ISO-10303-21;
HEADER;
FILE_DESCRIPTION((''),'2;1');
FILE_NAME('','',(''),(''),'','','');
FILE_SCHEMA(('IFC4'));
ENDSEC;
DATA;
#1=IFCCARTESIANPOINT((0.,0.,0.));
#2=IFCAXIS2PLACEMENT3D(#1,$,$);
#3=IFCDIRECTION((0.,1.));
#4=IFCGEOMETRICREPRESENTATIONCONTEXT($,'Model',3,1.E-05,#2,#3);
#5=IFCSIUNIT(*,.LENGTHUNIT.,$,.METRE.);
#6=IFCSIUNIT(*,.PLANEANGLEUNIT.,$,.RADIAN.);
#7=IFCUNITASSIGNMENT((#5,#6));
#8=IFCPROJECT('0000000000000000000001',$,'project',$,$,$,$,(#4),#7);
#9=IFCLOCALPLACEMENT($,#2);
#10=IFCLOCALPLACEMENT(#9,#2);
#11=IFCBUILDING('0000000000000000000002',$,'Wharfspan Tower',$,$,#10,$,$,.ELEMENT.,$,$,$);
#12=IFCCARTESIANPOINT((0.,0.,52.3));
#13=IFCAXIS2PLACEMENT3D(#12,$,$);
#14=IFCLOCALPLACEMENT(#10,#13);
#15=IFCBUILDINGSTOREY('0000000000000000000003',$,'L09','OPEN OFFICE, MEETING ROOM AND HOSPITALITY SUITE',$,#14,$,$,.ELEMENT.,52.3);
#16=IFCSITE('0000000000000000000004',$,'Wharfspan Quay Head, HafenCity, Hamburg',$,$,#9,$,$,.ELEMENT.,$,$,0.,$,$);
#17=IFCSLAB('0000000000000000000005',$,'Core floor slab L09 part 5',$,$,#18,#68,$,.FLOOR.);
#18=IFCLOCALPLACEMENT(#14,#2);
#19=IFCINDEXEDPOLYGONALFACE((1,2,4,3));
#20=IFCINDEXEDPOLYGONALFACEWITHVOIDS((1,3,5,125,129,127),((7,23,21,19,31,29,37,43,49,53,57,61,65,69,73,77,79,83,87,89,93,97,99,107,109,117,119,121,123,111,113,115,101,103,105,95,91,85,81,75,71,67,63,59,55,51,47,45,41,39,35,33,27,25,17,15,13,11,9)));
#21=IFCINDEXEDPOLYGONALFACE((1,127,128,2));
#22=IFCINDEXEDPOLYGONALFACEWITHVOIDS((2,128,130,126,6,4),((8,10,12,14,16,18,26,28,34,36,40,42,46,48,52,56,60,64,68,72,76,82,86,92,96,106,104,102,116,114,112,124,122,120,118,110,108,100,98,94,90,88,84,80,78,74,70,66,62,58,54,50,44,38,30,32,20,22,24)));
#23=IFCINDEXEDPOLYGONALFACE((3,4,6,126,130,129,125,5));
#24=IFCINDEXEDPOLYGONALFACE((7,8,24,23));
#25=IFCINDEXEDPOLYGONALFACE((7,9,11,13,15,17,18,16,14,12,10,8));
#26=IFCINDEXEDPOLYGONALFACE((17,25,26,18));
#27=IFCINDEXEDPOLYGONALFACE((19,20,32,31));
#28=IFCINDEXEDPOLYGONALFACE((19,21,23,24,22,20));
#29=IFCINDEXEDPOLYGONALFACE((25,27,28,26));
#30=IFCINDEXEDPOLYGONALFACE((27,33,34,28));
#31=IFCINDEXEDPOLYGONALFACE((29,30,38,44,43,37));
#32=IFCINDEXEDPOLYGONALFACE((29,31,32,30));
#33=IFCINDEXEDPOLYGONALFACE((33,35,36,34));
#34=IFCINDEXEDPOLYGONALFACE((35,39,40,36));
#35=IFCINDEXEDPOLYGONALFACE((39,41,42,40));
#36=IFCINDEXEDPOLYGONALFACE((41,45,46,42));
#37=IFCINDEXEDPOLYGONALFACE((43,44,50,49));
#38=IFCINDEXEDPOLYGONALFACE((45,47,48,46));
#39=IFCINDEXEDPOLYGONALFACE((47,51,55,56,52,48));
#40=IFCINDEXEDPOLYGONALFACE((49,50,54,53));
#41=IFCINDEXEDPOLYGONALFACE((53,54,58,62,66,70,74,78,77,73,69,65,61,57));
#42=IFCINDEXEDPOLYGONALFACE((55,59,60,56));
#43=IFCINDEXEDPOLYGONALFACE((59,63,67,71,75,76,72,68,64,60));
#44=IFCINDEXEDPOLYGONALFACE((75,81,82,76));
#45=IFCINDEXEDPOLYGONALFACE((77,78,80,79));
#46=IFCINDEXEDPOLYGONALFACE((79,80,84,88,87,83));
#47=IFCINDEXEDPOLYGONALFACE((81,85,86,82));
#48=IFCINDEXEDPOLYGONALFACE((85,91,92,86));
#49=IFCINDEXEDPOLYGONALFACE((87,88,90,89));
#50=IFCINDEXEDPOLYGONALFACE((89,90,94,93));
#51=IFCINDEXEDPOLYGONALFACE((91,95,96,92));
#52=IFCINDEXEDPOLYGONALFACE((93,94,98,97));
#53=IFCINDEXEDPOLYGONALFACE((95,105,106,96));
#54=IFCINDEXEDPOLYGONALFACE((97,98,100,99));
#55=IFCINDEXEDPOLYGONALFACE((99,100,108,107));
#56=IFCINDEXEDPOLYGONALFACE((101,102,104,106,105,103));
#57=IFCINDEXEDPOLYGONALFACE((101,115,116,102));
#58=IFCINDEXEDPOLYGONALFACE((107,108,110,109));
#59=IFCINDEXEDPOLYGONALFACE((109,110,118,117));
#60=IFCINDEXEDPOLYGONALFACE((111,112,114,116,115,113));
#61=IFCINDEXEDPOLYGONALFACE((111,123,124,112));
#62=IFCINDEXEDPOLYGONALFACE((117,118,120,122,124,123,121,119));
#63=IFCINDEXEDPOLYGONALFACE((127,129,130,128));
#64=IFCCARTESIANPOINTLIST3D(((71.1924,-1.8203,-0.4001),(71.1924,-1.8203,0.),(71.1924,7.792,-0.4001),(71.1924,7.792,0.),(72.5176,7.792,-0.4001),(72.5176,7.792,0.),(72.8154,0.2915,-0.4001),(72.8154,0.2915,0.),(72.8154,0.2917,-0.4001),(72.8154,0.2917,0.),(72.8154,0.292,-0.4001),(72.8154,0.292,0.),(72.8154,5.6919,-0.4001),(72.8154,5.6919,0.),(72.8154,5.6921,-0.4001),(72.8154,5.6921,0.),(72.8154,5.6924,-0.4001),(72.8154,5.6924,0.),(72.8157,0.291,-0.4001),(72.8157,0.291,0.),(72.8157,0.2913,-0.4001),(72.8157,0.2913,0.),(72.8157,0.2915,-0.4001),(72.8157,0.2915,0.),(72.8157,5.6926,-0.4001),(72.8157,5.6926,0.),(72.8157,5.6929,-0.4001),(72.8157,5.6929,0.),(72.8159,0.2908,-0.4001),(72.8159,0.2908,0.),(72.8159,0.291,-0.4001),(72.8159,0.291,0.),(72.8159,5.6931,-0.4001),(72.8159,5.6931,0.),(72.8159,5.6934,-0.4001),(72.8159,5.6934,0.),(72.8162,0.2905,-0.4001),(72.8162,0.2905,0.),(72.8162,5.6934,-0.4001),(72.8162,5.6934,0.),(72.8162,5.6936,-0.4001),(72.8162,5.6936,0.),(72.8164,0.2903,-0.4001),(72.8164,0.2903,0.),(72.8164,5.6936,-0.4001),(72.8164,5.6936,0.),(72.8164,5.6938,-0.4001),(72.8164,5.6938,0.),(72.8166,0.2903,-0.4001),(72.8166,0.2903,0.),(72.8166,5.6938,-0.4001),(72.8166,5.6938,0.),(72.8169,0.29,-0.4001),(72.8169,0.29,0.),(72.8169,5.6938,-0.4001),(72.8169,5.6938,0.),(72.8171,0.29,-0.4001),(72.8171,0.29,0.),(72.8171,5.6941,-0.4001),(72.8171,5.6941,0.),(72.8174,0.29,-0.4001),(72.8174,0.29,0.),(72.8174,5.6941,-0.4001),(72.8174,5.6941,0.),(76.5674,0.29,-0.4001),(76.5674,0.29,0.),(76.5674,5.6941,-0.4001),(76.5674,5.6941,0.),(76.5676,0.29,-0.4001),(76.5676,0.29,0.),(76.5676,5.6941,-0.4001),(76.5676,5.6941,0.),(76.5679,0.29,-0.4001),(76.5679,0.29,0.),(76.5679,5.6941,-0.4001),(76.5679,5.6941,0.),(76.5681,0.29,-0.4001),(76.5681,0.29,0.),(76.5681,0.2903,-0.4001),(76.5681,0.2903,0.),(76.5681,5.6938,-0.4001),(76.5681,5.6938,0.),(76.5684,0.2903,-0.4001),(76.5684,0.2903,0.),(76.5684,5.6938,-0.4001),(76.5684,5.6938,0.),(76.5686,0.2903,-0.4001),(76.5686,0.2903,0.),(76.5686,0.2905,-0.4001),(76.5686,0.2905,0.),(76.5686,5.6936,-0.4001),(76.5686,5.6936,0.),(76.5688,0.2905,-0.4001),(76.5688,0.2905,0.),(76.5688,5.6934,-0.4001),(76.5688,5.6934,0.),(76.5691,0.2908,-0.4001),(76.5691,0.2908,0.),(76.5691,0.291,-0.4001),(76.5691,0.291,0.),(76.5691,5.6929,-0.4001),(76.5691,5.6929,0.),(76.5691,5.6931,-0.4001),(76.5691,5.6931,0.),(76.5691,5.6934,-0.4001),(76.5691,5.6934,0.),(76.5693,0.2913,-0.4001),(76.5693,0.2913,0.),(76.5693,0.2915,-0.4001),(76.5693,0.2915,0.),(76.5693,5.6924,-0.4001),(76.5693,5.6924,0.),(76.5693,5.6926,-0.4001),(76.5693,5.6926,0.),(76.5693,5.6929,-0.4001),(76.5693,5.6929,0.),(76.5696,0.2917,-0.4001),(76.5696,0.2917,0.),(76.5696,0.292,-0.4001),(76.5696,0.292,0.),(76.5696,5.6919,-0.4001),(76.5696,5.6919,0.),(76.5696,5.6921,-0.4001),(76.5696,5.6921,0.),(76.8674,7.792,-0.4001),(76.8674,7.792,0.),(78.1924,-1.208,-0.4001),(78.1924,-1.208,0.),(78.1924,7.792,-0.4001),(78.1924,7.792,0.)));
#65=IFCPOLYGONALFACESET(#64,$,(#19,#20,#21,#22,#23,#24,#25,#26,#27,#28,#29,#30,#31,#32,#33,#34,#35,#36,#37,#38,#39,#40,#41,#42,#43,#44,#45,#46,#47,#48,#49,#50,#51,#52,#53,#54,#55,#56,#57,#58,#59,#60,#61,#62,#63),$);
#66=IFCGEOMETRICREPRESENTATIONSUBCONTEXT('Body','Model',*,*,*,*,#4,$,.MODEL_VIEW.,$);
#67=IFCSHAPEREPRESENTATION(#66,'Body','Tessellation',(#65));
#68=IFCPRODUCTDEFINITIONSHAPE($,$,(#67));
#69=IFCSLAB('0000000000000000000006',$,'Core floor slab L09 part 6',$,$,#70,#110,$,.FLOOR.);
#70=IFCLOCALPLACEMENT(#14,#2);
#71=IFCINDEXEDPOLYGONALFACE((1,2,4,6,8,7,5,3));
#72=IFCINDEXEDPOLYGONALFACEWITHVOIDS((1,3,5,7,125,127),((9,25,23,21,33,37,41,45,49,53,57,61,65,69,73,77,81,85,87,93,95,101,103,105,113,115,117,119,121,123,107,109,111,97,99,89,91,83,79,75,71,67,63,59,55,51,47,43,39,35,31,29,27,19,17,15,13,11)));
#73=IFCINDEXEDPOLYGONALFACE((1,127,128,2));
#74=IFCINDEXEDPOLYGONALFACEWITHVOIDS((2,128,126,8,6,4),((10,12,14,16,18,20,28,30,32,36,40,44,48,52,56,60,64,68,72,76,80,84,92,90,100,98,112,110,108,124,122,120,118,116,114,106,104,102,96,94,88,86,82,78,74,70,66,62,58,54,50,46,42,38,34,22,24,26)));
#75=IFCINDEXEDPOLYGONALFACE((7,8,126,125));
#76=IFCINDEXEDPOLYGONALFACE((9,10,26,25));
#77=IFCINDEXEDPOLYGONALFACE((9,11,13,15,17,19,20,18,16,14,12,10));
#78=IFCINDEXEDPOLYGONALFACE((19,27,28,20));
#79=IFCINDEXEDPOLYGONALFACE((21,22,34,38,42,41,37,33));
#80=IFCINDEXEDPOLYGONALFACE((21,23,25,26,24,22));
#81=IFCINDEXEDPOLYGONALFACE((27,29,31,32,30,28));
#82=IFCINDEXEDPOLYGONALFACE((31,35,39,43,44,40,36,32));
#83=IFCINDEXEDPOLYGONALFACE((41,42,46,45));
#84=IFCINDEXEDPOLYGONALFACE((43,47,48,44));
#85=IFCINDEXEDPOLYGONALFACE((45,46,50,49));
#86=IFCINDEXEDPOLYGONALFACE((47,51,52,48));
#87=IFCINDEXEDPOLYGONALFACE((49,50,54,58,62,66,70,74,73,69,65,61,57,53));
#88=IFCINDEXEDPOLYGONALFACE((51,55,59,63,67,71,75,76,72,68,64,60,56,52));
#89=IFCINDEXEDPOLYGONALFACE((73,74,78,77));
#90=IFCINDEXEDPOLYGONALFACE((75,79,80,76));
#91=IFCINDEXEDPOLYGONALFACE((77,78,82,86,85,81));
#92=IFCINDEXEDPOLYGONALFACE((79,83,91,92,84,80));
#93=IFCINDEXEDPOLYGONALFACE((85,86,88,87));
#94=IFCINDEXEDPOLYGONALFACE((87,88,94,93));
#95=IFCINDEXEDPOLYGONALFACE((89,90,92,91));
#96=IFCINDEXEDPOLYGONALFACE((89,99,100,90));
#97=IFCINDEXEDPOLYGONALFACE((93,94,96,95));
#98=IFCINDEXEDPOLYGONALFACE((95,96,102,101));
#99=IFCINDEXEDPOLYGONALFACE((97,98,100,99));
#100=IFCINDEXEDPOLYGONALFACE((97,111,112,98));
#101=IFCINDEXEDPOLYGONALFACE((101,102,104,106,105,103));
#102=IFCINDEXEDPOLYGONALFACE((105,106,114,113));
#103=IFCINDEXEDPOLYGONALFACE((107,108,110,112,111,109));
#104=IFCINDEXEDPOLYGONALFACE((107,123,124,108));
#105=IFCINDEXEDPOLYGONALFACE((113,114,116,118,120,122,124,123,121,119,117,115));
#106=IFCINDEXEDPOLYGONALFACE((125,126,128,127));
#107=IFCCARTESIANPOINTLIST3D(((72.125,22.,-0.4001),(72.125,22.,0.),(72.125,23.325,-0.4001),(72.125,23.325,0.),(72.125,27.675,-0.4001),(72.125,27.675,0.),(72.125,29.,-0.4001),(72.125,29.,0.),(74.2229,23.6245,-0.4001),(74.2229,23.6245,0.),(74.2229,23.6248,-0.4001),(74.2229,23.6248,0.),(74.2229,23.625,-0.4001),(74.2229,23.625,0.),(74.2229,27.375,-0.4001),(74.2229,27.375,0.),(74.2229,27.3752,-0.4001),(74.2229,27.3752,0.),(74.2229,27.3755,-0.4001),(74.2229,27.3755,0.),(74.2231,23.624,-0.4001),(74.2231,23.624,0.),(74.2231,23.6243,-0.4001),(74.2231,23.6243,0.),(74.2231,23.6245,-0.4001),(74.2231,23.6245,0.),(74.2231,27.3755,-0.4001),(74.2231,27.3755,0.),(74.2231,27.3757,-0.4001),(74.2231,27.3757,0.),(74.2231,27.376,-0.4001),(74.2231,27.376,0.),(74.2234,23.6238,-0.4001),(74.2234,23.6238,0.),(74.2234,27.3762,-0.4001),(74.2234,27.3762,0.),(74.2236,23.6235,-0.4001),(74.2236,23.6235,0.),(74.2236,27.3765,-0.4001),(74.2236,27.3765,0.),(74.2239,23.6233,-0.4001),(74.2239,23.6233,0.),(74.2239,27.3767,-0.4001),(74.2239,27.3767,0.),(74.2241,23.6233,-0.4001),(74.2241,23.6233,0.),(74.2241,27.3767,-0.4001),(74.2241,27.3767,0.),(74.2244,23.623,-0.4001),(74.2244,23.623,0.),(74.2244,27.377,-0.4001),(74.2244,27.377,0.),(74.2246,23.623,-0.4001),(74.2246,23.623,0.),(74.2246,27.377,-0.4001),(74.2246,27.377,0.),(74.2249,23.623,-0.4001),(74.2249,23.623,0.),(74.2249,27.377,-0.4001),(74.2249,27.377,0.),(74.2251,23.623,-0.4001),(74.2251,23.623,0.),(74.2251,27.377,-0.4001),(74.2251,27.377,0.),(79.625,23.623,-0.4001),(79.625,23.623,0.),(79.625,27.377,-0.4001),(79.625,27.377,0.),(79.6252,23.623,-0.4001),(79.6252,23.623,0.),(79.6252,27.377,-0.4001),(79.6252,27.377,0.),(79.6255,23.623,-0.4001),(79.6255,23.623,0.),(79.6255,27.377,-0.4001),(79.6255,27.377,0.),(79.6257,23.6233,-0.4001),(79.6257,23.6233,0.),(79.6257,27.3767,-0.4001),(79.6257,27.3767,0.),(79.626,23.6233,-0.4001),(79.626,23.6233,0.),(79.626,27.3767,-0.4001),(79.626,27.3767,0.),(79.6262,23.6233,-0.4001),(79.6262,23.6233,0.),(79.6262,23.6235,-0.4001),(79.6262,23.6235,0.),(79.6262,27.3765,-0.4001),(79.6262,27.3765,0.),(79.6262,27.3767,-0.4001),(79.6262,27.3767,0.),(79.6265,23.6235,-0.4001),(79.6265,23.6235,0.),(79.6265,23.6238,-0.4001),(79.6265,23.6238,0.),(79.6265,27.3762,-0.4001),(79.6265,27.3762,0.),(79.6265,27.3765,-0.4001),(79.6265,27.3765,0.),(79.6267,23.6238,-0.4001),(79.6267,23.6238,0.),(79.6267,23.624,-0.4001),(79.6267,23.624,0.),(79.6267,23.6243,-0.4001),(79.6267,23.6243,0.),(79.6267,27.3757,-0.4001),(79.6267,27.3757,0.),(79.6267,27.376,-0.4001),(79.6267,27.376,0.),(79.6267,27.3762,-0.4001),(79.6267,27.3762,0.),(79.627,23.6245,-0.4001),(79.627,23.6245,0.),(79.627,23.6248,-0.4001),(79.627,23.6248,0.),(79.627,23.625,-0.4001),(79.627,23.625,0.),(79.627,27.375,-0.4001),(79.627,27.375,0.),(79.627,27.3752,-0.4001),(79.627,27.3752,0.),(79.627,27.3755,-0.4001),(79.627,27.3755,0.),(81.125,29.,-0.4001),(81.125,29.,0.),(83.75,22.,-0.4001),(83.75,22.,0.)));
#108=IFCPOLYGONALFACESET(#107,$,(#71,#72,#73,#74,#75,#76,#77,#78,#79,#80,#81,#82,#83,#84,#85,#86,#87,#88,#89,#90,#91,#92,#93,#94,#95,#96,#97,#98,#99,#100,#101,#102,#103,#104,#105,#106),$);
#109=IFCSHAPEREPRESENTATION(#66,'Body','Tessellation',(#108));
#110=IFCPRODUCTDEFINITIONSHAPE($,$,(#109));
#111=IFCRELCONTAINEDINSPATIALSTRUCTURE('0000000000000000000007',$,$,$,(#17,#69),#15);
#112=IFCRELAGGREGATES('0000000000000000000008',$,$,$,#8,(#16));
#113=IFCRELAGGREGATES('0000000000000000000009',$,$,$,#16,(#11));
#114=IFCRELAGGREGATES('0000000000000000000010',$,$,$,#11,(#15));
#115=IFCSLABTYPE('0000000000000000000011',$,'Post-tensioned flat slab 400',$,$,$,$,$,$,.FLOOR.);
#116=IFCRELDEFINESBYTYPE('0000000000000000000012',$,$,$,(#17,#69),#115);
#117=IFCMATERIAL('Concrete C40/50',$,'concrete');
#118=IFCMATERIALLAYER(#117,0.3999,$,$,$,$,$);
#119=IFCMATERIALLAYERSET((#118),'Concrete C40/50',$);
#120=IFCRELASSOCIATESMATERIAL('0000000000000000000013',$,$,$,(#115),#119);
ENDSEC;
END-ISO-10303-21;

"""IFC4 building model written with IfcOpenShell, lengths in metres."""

from ifc_helpers import new_model, si_unit, direction, frame, origin, place, context, subcontext, project, spatial, polyline, outline, extrude, material, layer, layer_set, type_object, element, save


model = new_model("IFC4")

# Units and contexts
model_context = context("Model", 3, precision=1e-05, world=origin(), true_north=direction((0.0, 1.0)))
body_context = subcontext(model_context, "Body", "Model", "MODEL_VIEW")
ifc_project = project(units=[si_unit("LENGTHUNIT", "METRE"), si_unit("PLANEANGLEUNIT", "RADIAN")], contexts=[model_context])

# Site, building, storey
site_placement = place(None, origin())
site = spatial("IfcSite", under=ifc_project, at=site_placement, Name="Wharfspan Quay Head, HafenCity, Hamburg", CompositionType="ELEMENT", RefElevation=0.0)
building_placement = place(site_placement, origin())
building = spatial("IfcBuilding", under=site, at=building_placement, Name="Wharfspan Tower", CompositionType="ELEMENT")
storey_placement = place(building_placement, frame((0.0, 0.0, 52.3)))
storey = spatial("IfcBuildingStorey", under=building, at=storey_placement, Name="L09", Description="OPEN OFFICE, MEETING ROOM AND HOSPITALITY SUITE", CompositionType="ELEMENT", Elevation=52.3)

# Slabs
ifc_material_1 = material(Name="Concrete C40/50", Category="concrete")
ifc_layer_1 = layer(ifc_material_1, 0.3999)
ifc_layer_set_1 = layer_set([ifc_layer_1], Name="Concrete C40/50")
slab_type = type_object("IfcSlabType", Name="Post-tensioned flat slab 400", PredefinedType="FLOOR", material=ifc_layer_set_1)
slab_1_placement = place(storey_placement, frame((0.0, 0.0, -0.4001)))
element("IfcSlab", 1, at=slab_1_placement, inside=storey, type_object=slab_type, Name="Core floor slab L09 part 5", PredefinedType="FLOOR", context=body_context, shape_type="SweptSolid", body=[
    extrude(outline(polyline([(78.1924, 7.792), (76.8674, 7.792), (72.5176, 7.792), (71.1924, 7.792), (71.1924, -1.8203), (78.1924, -1.208), (78.1924, 7.792)]), holes=[polyline([(76.5674, 5.6941), (76.5676, 5.6941), (76.5679, 5.6941), (76.5681, 5.6938), (76.5681, 5.6938), (76.5684, 5.6938), (76.5686, 5.6936), (76.5686, 5.6936), (76.5688, 5.6934), (76.5691, 5.6934), (76.5691, 5.6931), (76.5691, 5.6929), (76.5693, 5.6929), (76.5693, 5.6926), (76.5693, 5.6924), (76.5696, 5.6921), (76.5696, 5.6919), (76.5696, 0.292), (76.5696, 0.2917), (76.5693, 0.2915), (76.5693, 0.2915), (76.5693, 0.2913), (76.5691, 0.291), (76.5691, 0.291), (76.5691, 0.2908), (76.5688, 0.2905), (76.5686, 0.2905), (76.5686, 0.2903), (76.5684, 0.2903), (76.5681, 0.2903), (76.5681, 0.29), (76.5679, 0.29), (76.5676, 0.29), (76.5674, 0.29), (72.8174, 0.29), (72.8174, 0.29), (72.8171, 0.29), (72.8169, 0.29), (72.8166, 0.2903), (72.8164, 0.2903), (72.8164, 0.2903), (72.8162, 0.2905), (72.8162, 0.2905), (72.8159, 0.2908), (72.8159, 0.291), (72.8157, 0.291), (72.8157, 0.2913), (72.8157, 0.2915), (72.8154, 0.2915), (72.8154, 0.2917), (72.8154, 0.292), (72.8154, 5.6919), (72.8154, 5.6921), (72.8154, 5.6924), (72.8157, 5.6926), (72.8157, 5.6929), (72.8157, 5.6929), (72.8159, 5.6931), (72.8159, 5.6934), (72.8162, 5.6934), (72.8162, 5.6936), (72.8164, 5.6936), (72.8164, 5.6938), (72.8166, 5.6938), (72.8169, 5.6938), (72.8171, 5.6941), (72.8174, 5.6941), (72.8174, 5.6941), (76.5674, 5.6941)])]), origin(), (0.0, 0.0, 1.0), 0.4001),
])
slab_2_placement = place(storey_placement, frame((0.0, 0.0, -0.4001)))
element("IfcSlab", 2, at=slab_2_placement, inside=storey, type_object=slab_type, Name="Core floor slab L09 part 6", PredefinedType="FLOOR", context=body_context, shape_type="SweptSolid", body=[
    extrude(outline(polyline([(81.125, 29.0), (72.125, 29.0), (72.125, 27.675), (72.125, 23.325), (72.125, 22.0), (83.75, 22.0), (81.125, 29.0)]), holes=[polyline([(74.2229, 27.375), (74.2229, 27.3752), (74.2229, 27.3755), (74.2231, 27.3755), (74.2231, 27.3757), (74.2231, 27.376), (74.2234, 27.3762), (74.2234, 27.3762), (74.2236, 27.3765), (74.2236, 27.3765), (74.2239, 27.3767), (74.2241, 27.3767), (74.2241, 27.3767), (74.2244, 27.377), (74.2246, 27.377), (74.2249, 27.377), (74.2251, 27.377), (79.625, 27.377), (79.6252, 27.377), (79.6255, 27.377), (79.6255, 27.377), (79.6257, 27.3767), (79.626, 27.3767), (79.6262, 27.3767), (79.6262, 27.3765), (79.6265, 27.3765), (79.6265, 27.3762), (79.6267, 27.3762), (79.6267, 27.376), (79.6267, 27.3757), (79.627, 27.3755), (79.627, 27.3755), (79.627, 27.3752), (79.627, 27.375), (79.627, 23.625), (79.627, 23.6248), (79.627, 23.6245), (79.627, 23.6245), (79.6267, 23.6243), (79.6267, 23.624), (79.6267, 23.6238), (79.6265, 23.6238), (79.6265, 23.6235), (79.6262, 23.6235), (79.6262, 23.6233), (79.626, 23.6233), (79.6257, 23.6233), (79.6255, 23.623), (79.6255, 23.623), (79.6252, 23.623), (79.625, 23.623), (74.2251, 23.623), (74.2249, 23.623), (74.2246, 23.623), (74.2244, 23.623), (74.2241, 23.6233), (74.2241, 23.6233), (74.2239, 23.6233), (74.2236, 23.6235), (74.2236, 23.6235), (74.2234, 23.6238), (74.2234, 23.6238), (74.2231, 23.624), (74.2231, 23.6243), (74.2231, 23.6245), (74.2229, 23.6245), (74.2229, 23.6248), (74.2229, 23.625), (74.2229, 27.375)])]), origin(), (0.0, 0.0, 1.0), 0.4001),
])

save(model, "model.ifc")
